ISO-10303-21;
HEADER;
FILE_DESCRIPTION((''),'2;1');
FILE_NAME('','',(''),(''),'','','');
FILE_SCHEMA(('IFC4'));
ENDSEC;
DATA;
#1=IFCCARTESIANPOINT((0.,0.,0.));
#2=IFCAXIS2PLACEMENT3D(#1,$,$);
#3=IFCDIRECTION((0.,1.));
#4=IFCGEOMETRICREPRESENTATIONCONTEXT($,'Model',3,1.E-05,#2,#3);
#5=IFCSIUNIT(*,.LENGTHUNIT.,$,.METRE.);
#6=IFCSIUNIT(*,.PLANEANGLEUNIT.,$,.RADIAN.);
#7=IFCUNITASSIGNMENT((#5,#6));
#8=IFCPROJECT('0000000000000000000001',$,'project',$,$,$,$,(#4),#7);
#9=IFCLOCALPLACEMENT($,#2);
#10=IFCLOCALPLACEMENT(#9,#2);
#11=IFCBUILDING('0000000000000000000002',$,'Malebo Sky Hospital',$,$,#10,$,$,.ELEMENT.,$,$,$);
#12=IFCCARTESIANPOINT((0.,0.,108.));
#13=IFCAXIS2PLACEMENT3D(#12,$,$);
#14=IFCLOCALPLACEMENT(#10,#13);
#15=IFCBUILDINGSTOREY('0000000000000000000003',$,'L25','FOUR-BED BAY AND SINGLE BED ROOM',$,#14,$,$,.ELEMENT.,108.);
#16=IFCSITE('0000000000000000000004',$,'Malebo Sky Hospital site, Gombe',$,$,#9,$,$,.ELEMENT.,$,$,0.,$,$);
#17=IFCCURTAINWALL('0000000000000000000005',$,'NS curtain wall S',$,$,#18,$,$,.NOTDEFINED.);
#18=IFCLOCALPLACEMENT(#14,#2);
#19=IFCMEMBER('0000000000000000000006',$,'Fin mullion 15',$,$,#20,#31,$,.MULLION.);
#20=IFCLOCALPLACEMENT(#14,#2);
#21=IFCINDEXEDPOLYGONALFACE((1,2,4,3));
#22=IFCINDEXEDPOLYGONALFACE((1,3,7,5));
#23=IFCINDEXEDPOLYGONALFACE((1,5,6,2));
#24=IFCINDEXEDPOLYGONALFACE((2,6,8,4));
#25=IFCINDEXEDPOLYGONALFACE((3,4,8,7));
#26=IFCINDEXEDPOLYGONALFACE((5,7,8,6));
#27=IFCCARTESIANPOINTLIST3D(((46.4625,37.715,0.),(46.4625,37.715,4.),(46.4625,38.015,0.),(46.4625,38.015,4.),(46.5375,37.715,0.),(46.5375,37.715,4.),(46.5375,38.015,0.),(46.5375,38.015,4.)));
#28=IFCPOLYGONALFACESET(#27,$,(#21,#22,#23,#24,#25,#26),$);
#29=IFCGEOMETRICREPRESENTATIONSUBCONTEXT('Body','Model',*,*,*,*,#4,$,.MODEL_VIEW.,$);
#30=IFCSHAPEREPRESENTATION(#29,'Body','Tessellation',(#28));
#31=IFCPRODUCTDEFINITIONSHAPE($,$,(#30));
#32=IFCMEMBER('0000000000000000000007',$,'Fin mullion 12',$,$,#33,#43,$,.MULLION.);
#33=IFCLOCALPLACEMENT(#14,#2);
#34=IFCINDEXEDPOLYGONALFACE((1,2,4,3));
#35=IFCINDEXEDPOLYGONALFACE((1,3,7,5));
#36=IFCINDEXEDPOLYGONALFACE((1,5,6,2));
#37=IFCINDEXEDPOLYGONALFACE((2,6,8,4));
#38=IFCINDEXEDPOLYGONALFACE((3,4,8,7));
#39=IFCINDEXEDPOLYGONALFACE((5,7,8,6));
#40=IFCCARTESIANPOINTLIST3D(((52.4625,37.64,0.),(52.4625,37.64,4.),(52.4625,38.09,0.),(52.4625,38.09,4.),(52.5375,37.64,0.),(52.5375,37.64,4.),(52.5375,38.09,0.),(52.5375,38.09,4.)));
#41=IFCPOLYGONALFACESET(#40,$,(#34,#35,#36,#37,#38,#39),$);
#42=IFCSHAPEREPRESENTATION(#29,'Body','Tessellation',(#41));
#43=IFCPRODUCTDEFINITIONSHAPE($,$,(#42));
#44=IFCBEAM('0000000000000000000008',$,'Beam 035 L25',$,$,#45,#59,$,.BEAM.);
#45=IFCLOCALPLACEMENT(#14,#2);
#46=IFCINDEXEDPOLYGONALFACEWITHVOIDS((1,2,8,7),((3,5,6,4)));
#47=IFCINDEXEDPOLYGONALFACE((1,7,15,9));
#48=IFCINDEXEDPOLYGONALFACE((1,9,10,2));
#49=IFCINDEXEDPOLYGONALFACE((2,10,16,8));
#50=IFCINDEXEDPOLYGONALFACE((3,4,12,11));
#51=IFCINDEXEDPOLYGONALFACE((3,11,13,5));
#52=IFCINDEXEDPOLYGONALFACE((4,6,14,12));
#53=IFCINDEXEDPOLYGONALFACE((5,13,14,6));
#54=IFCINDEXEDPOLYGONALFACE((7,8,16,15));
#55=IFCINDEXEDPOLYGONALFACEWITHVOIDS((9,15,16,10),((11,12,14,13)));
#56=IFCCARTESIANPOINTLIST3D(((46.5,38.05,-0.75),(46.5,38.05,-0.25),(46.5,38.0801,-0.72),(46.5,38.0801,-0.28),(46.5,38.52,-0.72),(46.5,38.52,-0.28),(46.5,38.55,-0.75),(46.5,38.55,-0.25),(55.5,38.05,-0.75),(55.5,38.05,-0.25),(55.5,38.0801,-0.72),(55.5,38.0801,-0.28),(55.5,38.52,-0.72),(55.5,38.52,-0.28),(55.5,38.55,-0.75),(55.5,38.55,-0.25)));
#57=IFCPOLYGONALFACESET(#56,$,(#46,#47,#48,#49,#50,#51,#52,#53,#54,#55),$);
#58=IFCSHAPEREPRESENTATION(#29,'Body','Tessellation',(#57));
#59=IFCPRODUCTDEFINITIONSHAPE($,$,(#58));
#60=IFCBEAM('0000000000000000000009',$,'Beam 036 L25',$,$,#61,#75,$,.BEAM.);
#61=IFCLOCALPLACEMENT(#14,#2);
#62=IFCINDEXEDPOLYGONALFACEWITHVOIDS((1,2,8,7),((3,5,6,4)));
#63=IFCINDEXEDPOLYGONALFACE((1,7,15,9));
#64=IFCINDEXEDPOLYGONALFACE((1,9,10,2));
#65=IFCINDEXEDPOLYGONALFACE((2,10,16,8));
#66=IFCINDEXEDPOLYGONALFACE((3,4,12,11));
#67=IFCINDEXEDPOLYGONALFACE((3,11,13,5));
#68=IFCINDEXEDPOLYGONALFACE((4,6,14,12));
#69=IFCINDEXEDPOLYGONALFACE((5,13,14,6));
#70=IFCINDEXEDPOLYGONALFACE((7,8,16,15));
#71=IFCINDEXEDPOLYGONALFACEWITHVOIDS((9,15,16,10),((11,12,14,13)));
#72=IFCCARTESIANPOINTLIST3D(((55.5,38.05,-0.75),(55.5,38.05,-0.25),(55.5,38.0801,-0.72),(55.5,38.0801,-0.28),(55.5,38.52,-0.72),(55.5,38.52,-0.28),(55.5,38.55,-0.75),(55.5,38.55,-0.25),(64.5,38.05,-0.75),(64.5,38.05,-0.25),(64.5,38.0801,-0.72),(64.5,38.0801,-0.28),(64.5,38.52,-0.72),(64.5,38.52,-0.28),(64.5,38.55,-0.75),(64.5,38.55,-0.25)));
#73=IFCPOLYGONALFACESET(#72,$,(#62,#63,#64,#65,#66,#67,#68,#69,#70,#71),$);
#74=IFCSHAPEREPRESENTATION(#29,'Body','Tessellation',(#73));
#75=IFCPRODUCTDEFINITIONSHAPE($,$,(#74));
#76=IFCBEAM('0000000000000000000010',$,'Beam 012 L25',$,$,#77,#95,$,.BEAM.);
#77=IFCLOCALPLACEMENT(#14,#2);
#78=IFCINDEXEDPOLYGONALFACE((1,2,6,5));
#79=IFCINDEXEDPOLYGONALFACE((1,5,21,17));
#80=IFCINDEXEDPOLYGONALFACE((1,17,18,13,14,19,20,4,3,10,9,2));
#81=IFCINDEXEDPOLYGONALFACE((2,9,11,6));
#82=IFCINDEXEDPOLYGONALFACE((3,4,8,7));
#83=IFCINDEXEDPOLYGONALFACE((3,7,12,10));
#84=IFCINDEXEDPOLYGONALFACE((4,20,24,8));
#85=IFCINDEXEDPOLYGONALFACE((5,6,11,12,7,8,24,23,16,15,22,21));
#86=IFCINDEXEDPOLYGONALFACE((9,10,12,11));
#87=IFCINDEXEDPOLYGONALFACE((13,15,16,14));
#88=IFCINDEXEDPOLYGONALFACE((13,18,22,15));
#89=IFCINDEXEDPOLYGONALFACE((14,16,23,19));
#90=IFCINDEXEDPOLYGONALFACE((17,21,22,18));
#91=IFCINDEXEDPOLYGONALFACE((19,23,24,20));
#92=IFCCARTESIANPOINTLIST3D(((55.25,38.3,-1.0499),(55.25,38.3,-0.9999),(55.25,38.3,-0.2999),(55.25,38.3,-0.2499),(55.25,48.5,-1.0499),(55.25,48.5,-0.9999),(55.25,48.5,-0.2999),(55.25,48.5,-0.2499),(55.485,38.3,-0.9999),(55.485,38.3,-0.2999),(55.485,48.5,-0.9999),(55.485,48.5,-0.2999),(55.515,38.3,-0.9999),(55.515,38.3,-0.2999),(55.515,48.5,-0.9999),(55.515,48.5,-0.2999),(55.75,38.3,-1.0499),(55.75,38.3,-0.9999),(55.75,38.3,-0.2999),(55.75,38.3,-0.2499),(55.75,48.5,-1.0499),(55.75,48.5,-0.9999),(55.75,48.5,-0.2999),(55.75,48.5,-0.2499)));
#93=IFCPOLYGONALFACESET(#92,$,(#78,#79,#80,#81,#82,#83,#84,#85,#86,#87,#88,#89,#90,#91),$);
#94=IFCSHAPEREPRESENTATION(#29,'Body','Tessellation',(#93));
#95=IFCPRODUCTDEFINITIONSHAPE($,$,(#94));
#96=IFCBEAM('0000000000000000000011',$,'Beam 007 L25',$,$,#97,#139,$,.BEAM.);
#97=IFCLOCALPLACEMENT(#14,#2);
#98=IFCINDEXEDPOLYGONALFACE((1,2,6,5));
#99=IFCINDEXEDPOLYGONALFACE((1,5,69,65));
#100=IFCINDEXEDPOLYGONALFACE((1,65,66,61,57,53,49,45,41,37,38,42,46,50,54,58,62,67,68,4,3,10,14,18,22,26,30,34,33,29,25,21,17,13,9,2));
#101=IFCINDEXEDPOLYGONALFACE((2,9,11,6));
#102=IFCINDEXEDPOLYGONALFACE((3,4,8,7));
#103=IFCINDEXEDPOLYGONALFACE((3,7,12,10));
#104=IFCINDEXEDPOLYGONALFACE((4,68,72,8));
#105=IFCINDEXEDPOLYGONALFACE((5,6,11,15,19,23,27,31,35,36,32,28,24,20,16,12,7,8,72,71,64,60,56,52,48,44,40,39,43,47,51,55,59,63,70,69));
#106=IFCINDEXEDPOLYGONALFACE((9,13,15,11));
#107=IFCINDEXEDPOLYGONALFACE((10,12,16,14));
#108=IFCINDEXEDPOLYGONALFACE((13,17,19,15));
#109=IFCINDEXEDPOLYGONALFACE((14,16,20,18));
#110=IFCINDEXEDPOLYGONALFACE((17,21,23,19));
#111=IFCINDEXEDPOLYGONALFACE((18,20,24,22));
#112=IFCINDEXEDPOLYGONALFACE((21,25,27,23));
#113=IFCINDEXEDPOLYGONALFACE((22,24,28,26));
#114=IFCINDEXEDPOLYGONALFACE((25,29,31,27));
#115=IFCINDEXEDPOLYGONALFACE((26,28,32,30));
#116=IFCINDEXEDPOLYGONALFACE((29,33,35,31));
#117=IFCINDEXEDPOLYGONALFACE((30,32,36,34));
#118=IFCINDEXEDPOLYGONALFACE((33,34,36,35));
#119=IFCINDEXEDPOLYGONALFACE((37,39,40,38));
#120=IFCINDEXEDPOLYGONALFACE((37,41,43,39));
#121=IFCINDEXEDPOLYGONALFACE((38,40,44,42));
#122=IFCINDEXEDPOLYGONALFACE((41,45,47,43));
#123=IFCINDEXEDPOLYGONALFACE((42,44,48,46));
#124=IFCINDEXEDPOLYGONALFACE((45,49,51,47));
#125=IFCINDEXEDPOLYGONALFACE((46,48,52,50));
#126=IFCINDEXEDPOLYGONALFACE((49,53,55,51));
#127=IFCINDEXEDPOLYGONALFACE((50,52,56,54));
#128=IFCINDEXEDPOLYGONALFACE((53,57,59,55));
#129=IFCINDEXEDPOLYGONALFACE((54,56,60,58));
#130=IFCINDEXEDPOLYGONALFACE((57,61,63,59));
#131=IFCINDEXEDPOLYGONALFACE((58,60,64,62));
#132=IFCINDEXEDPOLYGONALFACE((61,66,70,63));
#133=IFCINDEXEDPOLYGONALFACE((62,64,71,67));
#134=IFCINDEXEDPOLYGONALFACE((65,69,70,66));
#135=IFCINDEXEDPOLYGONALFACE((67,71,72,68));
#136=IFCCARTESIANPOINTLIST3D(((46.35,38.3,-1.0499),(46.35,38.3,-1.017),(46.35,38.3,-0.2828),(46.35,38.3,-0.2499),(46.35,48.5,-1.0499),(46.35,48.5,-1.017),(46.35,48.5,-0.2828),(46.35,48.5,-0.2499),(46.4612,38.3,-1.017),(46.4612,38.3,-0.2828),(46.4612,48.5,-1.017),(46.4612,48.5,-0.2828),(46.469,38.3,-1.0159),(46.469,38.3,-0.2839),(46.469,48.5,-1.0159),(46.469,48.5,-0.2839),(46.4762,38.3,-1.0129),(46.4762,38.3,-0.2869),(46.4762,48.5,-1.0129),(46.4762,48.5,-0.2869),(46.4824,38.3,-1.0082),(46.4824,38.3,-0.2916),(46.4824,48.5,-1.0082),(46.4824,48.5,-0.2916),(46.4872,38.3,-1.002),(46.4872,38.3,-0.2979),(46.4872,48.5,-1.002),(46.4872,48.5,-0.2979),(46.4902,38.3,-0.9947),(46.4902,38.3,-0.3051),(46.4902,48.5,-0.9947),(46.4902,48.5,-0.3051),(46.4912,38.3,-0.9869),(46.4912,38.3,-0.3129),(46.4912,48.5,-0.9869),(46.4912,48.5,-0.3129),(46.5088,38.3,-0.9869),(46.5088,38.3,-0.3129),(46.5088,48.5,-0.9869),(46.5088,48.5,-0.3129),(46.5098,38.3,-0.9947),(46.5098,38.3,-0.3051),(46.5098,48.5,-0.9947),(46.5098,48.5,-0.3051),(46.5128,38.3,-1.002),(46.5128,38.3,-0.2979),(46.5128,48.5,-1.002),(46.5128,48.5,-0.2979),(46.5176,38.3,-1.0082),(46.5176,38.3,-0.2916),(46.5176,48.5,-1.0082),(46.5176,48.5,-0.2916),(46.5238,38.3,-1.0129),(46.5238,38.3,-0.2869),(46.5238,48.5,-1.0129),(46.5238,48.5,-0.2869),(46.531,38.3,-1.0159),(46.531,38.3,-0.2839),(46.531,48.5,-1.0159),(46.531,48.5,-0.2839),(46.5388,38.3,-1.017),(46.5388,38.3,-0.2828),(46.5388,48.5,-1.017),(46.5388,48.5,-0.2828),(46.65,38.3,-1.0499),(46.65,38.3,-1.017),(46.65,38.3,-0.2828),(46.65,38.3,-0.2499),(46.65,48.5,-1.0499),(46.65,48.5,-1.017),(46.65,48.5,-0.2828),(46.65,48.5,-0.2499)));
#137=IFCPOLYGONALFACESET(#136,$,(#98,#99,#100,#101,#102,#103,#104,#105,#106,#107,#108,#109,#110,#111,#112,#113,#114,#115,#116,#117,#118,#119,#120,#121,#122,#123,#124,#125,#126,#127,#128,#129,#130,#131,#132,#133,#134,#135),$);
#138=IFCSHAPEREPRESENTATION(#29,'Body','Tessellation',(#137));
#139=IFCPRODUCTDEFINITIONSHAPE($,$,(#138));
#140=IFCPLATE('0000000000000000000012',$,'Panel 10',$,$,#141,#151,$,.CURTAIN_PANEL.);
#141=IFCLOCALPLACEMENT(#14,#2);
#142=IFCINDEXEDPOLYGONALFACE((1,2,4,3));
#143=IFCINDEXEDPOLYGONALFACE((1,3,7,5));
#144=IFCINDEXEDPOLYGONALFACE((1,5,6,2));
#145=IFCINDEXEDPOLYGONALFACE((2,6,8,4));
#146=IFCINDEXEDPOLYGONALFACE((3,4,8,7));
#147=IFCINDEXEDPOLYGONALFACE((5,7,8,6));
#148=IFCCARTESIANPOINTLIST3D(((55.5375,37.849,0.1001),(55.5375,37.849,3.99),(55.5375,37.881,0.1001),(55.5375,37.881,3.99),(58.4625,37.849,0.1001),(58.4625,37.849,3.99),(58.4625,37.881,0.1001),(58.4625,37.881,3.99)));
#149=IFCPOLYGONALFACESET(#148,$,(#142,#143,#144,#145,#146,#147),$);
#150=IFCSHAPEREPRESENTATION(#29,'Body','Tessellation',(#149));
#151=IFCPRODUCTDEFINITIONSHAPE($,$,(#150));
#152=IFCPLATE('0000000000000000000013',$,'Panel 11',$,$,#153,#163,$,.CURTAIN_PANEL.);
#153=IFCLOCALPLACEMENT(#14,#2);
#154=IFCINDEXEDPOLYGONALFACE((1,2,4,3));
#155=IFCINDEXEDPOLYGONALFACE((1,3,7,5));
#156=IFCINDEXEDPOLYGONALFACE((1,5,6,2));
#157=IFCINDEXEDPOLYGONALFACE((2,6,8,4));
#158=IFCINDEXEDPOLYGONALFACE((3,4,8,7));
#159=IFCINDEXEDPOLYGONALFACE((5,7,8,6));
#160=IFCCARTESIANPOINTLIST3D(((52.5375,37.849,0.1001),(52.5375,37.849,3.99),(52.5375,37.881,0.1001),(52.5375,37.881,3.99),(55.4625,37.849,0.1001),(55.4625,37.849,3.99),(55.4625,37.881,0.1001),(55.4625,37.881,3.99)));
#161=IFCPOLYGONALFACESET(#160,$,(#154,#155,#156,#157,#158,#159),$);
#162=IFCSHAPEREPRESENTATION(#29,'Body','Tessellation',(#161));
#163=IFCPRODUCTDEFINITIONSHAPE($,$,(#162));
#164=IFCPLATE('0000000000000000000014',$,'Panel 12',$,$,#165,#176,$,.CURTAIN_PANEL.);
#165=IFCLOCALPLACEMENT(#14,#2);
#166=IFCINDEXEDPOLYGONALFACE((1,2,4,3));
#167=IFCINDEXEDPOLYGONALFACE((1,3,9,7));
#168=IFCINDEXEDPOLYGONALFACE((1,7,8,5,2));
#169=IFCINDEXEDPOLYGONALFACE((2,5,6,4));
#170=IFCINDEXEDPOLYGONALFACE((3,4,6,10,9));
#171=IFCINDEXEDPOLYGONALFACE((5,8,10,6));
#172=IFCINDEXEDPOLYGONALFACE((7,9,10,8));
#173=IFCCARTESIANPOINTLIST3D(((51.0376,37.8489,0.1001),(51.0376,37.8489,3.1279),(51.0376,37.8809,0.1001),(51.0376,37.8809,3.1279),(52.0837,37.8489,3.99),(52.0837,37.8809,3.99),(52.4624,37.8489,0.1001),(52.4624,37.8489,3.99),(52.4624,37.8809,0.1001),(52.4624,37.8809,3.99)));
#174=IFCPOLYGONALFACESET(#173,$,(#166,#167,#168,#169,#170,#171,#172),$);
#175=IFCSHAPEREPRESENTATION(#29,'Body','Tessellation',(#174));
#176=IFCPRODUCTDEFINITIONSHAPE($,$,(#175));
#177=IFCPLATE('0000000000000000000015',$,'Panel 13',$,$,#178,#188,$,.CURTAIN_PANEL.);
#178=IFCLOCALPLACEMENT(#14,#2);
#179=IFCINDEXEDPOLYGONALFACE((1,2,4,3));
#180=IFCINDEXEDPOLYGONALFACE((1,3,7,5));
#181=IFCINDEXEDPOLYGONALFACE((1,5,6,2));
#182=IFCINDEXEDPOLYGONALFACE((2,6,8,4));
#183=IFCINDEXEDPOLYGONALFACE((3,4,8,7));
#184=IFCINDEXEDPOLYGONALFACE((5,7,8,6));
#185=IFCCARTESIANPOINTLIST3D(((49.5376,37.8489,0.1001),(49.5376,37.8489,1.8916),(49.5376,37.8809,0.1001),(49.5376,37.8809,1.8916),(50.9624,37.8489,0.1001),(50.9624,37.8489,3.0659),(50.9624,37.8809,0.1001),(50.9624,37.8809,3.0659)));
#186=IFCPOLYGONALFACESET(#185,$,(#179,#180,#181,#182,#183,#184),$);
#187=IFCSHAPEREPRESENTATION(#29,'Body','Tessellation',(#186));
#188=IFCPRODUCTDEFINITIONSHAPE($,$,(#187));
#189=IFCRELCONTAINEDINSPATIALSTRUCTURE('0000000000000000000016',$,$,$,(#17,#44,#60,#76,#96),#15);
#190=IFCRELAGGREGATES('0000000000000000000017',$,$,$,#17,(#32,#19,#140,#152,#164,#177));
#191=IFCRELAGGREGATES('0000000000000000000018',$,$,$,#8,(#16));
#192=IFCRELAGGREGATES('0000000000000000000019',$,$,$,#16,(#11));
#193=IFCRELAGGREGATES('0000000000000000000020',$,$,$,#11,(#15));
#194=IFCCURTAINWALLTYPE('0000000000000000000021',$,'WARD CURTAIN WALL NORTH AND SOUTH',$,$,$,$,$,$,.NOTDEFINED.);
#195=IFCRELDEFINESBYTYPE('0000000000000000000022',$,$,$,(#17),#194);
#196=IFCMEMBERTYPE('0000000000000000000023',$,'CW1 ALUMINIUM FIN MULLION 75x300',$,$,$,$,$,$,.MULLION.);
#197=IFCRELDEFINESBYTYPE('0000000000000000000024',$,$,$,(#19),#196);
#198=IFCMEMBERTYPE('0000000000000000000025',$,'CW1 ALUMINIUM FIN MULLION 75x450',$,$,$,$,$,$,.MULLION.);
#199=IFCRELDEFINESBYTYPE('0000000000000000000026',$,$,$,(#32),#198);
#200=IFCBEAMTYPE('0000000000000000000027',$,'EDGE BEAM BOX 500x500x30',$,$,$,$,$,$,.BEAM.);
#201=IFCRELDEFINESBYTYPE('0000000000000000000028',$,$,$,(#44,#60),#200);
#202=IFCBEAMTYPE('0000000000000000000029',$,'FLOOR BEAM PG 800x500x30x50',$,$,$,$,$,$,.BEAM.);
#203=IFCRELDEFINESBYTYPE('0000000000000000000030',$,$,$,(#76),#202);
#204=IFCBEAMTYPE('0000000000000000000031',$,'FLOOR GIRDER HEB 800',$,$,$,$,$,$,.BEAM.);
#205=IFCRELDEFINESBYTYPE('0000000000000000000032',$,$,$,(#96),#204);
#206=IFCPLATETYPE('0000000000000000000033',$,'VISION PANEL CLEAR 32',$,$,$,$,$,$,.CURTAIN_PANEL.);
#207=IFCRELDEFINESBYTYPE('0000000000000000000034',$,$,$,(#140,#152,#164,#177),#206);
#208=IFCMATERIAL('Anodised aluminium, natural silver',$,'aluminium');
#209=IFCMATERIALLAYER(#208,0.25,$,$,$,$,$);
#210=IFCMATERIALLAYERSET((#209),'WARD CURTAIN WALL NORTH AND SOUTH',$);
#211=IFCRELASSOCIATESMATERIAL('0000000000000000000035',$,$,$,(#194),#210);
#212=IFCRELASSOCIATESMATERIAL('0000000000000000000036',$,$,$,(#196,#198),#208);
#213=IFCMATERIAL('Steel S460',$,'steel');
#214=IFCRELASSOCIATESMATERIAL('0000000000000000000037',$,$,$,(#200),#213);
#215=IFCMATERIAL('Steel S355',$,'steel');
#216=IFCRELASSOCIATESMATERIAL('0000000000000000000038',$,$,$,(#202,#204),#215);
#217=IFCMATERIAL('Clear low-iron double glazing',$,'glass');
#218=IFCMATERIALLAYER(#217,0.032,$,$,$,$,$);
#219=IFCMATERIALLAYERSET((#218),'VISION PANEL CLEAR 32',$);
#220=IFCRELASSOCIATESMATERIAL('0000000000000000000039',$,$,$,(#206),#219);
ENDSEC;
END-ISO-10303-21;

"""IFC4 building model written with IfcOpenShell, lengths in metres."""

from ifc_helpers import new_model, si_unit, direction, frame, origin, origin_2d, place, context, subcontext, project, spatial, polyline, rectangle, hollow_rectangle, i_section, outline, extrude, material, layer, layer_set, material_profile, profile_set, type_object, element, aggregate, save


model = new_model("IFC4")

# Units and contexts
model_context = context("Model", 3, precision=1e-05, world=origin(), true_north=direction((0.0, 1.0)))
body_context = subcontext(model_context, "Body", "Model", "MODEL_VIEW")
ifc_project = project(units=[si_unit("LENGTHUNIT", "METRE"), si_unit("PLANEANGLEUNIT", "RADIAN")], contexts=[model_context])

# Site, building, storey
site_placement = place(None, origin())
site = spatial("IfcSite", under=ifc_project, at=site_placement, Name="Malebo Sky Hospital site, Gombe", CompositionType="ELEMENT", RefElevation=0.0)
building_placement = place(site_placement, origin())
building = spatial("IfcBuilding", under=site, at=building_placement, Name="Malebo Sky Hospital", CompositionType="ELEMENT")
storey_placement = place(building_placement, frame((0.0, 0.0, 108.0)))
storey = spatial("IfcBuildingStorey", under=building, at=storey_placement, Name="L25", Description="FOUR-BED BAY AND SINGLE BED ROOM", CompositionType="ELEMENT", Elevation=108.0)

# Shared definitions
ifc_material_1 = material(Name="Steel S460", Category="steel")

# Curtain wall
ifc_material_2 = material(Name="Anodised aluminium, natural silver", Category="aluminium")
ifc_layer_1 = layer(ifc_material_2, 0.25)
ifc_layer_set_1 = layer_set([ifc_layer_1], Name="WARD CURTAIN WALL NORTH AND SOUTH")
curtain_wall_type = type_object("IfcCurtainWallType", Name="WARD CURTAIN WALL NORTH AND SOUTH", PredefinedType="NOTDEFINED", material=ifc_layer_set_1)
curtain_wall_placement = place(storey_placement, origin())
curtain_wall = element("IfcCurtainWall", 1, at=curtain_wall_placement, inside=storey, type_object=curtain_wall_type, Name="NS curtain wall S", PredefinedType="NOTDEFINED")

# Members
ifc_material_3 = material(Name="Steel S355", Category="steel")
ifc_material_profile_1 = material_profile(ifc_material_2, rectangle(XDim=0.075, YDim=0.3, at=origin_2d()), Name="CW1 ALUMINIUM FIN MULLION 75x300")
ifc_profile_set_1 = profile_set([ifc_material_profile_1], Name="Anodised aluminium, natural silver")
member_type_1 = type_object("IfcMemberType", Name="CW1 ALUMINIUM FIN MULLION 75x300", PredefinedType="MULLION", material=ifc_profile_set_1)
member_1_placement = place(storey_placement, frame((46.5, 37.865, 0.0), z_axis=(0.0, 0.0, 1.0), x_axis=(-1.0, 0.0, 0.0)))
member_1 = element("IfcMember", 2, at=member_1_placement, type_object=member_type_1, Name="Fin mullion 15", PredefinedType="MULLION", context=body_context, shape_type="SweptSolid", body=[
    extrude(rectangle(XDim=0.075, YDim=0.3, at=origin_2d()), origin(), (0.0, 0.0, 1.0), 4.0),
])
ifc_material_profile_2 = material_profile(ifc_material_2, rectangle(XDim=0.075, YDim=0.45, at=origin_2d()), Name="CW1 ALUMINIUM FIN MULLION 75x450")
ifc_profile_set_2 = profile_set([ifc_material_profile_2], Name="Anodised aluminium, natural silver")
member_type_2 = type_object("IfcMemberType", Name="CW1 ALUMINIUM FIN MULLION 75x450", PredefinedType="MULLION", material=ifc_profile_set_2)
member_2_placement = place(storey_placement, frame((52.5, 37.865, 0.0), z_axis=(0.0, 0.0, 1.0), x_axis=(-1.0, 0.0, 0.0)))
member_2 = element("IfcMember", 3, at=member_2_placement, type_object=member_type_2, Name="Fin mullion 12", PredefinedType="MULLION", context=body_context, shape_type="SweptSolid", body=[
    extrude(rectangle(XDim=0.075, YDim=0.45, at=origin_2d()), origin(), (0.0, 0.0, 1.0), 4.0),
])

# Beams
ifc_material_profile_3 = material_profile(ifc_material_1, hollow_rectangle(XDim=0.5, YDim=0.5, WallThickness=0.03, at=origin_2d()), Name="BOX 500x500x30")
ifc_profile_set_3 = profile_set([ifc_material_profile_3], Name="Steel S460")
beam_type_1 = type_object("IfcBeamType", Name="EDGE BEAM BOX 500x500x30", PredefinedType="BEAM", material=ifc_profile_set_3)
for number, where, z_axis, x_axis, name in (
    (4, (46.5, 38.3, -0.5), (1.0, 0.0, 0.0), (0.0, 1.0, 0.0), "Beam 035 L25"),
    (5, (55.5, 38.3, -0.5), (1.0, 0.0, 0.0), (0.0, 1.0, 0.0), "Beam 036 L25"),
):
    element("IfcBeam", number, at=place(storey_placement, frame(where, z_axis=z_axis, x_axis=x_axis)), inside=storey, type_object=beam_type_1, Name=name, PredefinedType="BEAM", context=body_context, shape_type="SweptSolid", body=[
        extrude(hollow_rectangle(XDim=0.5, YDim=0.5, WallThickness=0.03, at=origin_2d()), origin(), (0.0, 0.0, 1.0), 9.0),
    ])
ifc_material_profile_4 = material_profile(ifc_material_3, i_section(OverallWidth=0.5, OverallDepth=0.8, WebThickness=0.03, FlangeThickness=0.05, at=origin_2d()), Name="PG 800x500x30x50")
ifc_profile_set_4 = profile_set([ifc_material_profile_4], Name="Steel S355")
beam_type_2 = type_object("IfcBeamType", Name="FLOOR BEAM PG 800x500x30x50", PredefinedType="BEAM", material=ifc_profile_set_4)
beam_1_placement = place(storey_placement, frame((55.5, 38.3, -0.6499), z_axis=(0.0, 1.0, 0.0), x_axis=(-1.0, 0.0, 0.0)))
element("IfcBeam", 6, at=beam_1_placement, inside=storey, type_object=beam_type_2, Name="Beam 012 L25", PredefinedType="BEAM", context=body_context, shape_type="SweptSolid", body=[
    extrude(i_section(OverallWidth=0.5, OverallDepth=0.8, WebThickness=0.03, FlangeThickness=0.05, at=origin_2d()), origin(), (0.0, 0.0, 1.0), 10.2),
])
ifc_material_profile_5 = material_profile(ifc_material_3, i_section(OverallWidth=0.3, OverallDepth=0.8, WebThickness=0.0176, FlangeThickness=0.033, FilletRadius=0.03, at=origin_2d()), Name="HEB 800")
ifc_profile_set_5 = profile_set([ifc_material_profile_5], Name="Steel S355")
beam_type_3 = type_object("IfcBeamType", Name="FLOOR GIRDER HEB 800", PredefinedType="BEAM", material=ifc_profile_set_5)
beam_2_placement = place(storey_placement, frame((46.5, 38.3, -0.6499), z_axis=(0.0, 1.0, 0.0), x_axis=(-1.0, 0.0, 0.0)))
element("IfcBeam", 7, at=beam_2_placement, inside=storey, type_object=beam_type_3, Name="Beam 007 L25", PredefinedType="BEAM", context=body_context, shape_type="SweptSolid", body=[
    extrude(i_section(OverallWidth=0.3, OverallDepth=0.8, WebThickness=0.0176, FlangeThickness=0.033, FilletRadius=0.03, at=origin_2d()), origin(), (0.0, 0.0, 1.0), 10.2),
])

# Plates
ifc_material_4 = material(Name="Clear low-iron double glazing", Category="glass")
ifc_layer_2 = layer(ifc_material_4, 0.032)
ifc_layer_set_2 = layer_set([ifc_layer_2], Name="VISION PANEL CLEAR 32")
plate_type = type_object("IfcPlateType", Name="VISION PANEL CLEAR 32", PredefinedType="CURTAIN_PANEL", material=ifc_layer_set_2)
plate_1_placement = place(storey_placement, frame((57.0, 37.865, 0.1001), z_axis=(0.0, 0.0, 1.0), x_axis=(-1.0, 0.0, 0.0)))
plate_1 = element("IfcPlate", 8, at=plate_1_placement, type_object=plate_type, Name="Panel 10", PredefinedType="CURTAIN_PANEL", context=body_context, shape_type="SweptSolid", body=[
    extrude(rectangle(XDim=2.925, YDim=0.032, at=origin_2d()), origin(), (0.0, 0.0, 1.0), 3.8899),
])
plate_2_placement = place(storey_placement, frame((54.0, 37.865, 0.1001), z_axis=(0.0, 0.0, 1.0), x_axis=(-1.0, 0.0, 0.0)))
plate_2 = element("IfcPlate", 9, at=plate_2_placement, type_object=plate_type, Name="Panel 11", PredefinedType="CURTAIN_PANEL", context=body_context, shape_type="SweptSolid", body=[
    extrude(rectangle(XDim=2.925, YDim=0.032, at=origin_2d()), origin(), (0.0, 0.0, 1.0), 3.8899),
])
plate_3_placement = place(storey_placement, frame((51.75, 37.865, 0.1001), z_axis=(0.0, 0.0, 1.0), x_axis=(-1.0, 0.0, 0.0)))
plate_3 = element("IfcPlate", 10, at=plate_3_placement, type_object=plate_type, Name="Panel 12", PredefinedType="CURTAIN_PANEL", context=body_context, shape_type="SweptSolid", body=[
    extrude(outline(polyline([(-0.7124, 0.0), (0.7124, 0.0), (0.7124, 3.0278), (-0.3337, 3.8899), (-0.7124, 3.8899), (-0.7124, 0.0)])), frame((0.0, 0.0161, 0.0), z_axis=(0.0, -1.0, 0.0), x_axis=(1.0, 0.0, 0.0)), (0.0, 0.0, 1.0), 0.032),
])
plate_4_placement = place(storey_placement, frame((50.25, 37.865, 0.1001), z_axis=(0.0, 0.0, 1.0), x_axis=(-1.0, 0.0, 0.0)))
plate_4 = element("IfcPlate", 11, at=plate_4_placement, type_object=plate_type, Name="Panel 13", PredefinedType="CURTAIN_PANEL", context=body_context, shape_type="SweptSolid", body=[
    extrude(outline(polyline([(-0.7124, 0.0), (0.7124, 0.0), (0.7124, 1.7915), (-0.7124, 2.9658), (-0.7124, 0.0)])), frame((0.0, 0.0161, 0.0), z_axis=(0.0, -1.0, 0.0), x_axis=(1.0, 0.0, 0.0)), (0.0, 0.0, 1.0), 0.032),
])
aggregate(curtain_wall, [member_2, member_1, plate_1, plate_2, plate_3, plate_4])

save(model, "model.ifc")
